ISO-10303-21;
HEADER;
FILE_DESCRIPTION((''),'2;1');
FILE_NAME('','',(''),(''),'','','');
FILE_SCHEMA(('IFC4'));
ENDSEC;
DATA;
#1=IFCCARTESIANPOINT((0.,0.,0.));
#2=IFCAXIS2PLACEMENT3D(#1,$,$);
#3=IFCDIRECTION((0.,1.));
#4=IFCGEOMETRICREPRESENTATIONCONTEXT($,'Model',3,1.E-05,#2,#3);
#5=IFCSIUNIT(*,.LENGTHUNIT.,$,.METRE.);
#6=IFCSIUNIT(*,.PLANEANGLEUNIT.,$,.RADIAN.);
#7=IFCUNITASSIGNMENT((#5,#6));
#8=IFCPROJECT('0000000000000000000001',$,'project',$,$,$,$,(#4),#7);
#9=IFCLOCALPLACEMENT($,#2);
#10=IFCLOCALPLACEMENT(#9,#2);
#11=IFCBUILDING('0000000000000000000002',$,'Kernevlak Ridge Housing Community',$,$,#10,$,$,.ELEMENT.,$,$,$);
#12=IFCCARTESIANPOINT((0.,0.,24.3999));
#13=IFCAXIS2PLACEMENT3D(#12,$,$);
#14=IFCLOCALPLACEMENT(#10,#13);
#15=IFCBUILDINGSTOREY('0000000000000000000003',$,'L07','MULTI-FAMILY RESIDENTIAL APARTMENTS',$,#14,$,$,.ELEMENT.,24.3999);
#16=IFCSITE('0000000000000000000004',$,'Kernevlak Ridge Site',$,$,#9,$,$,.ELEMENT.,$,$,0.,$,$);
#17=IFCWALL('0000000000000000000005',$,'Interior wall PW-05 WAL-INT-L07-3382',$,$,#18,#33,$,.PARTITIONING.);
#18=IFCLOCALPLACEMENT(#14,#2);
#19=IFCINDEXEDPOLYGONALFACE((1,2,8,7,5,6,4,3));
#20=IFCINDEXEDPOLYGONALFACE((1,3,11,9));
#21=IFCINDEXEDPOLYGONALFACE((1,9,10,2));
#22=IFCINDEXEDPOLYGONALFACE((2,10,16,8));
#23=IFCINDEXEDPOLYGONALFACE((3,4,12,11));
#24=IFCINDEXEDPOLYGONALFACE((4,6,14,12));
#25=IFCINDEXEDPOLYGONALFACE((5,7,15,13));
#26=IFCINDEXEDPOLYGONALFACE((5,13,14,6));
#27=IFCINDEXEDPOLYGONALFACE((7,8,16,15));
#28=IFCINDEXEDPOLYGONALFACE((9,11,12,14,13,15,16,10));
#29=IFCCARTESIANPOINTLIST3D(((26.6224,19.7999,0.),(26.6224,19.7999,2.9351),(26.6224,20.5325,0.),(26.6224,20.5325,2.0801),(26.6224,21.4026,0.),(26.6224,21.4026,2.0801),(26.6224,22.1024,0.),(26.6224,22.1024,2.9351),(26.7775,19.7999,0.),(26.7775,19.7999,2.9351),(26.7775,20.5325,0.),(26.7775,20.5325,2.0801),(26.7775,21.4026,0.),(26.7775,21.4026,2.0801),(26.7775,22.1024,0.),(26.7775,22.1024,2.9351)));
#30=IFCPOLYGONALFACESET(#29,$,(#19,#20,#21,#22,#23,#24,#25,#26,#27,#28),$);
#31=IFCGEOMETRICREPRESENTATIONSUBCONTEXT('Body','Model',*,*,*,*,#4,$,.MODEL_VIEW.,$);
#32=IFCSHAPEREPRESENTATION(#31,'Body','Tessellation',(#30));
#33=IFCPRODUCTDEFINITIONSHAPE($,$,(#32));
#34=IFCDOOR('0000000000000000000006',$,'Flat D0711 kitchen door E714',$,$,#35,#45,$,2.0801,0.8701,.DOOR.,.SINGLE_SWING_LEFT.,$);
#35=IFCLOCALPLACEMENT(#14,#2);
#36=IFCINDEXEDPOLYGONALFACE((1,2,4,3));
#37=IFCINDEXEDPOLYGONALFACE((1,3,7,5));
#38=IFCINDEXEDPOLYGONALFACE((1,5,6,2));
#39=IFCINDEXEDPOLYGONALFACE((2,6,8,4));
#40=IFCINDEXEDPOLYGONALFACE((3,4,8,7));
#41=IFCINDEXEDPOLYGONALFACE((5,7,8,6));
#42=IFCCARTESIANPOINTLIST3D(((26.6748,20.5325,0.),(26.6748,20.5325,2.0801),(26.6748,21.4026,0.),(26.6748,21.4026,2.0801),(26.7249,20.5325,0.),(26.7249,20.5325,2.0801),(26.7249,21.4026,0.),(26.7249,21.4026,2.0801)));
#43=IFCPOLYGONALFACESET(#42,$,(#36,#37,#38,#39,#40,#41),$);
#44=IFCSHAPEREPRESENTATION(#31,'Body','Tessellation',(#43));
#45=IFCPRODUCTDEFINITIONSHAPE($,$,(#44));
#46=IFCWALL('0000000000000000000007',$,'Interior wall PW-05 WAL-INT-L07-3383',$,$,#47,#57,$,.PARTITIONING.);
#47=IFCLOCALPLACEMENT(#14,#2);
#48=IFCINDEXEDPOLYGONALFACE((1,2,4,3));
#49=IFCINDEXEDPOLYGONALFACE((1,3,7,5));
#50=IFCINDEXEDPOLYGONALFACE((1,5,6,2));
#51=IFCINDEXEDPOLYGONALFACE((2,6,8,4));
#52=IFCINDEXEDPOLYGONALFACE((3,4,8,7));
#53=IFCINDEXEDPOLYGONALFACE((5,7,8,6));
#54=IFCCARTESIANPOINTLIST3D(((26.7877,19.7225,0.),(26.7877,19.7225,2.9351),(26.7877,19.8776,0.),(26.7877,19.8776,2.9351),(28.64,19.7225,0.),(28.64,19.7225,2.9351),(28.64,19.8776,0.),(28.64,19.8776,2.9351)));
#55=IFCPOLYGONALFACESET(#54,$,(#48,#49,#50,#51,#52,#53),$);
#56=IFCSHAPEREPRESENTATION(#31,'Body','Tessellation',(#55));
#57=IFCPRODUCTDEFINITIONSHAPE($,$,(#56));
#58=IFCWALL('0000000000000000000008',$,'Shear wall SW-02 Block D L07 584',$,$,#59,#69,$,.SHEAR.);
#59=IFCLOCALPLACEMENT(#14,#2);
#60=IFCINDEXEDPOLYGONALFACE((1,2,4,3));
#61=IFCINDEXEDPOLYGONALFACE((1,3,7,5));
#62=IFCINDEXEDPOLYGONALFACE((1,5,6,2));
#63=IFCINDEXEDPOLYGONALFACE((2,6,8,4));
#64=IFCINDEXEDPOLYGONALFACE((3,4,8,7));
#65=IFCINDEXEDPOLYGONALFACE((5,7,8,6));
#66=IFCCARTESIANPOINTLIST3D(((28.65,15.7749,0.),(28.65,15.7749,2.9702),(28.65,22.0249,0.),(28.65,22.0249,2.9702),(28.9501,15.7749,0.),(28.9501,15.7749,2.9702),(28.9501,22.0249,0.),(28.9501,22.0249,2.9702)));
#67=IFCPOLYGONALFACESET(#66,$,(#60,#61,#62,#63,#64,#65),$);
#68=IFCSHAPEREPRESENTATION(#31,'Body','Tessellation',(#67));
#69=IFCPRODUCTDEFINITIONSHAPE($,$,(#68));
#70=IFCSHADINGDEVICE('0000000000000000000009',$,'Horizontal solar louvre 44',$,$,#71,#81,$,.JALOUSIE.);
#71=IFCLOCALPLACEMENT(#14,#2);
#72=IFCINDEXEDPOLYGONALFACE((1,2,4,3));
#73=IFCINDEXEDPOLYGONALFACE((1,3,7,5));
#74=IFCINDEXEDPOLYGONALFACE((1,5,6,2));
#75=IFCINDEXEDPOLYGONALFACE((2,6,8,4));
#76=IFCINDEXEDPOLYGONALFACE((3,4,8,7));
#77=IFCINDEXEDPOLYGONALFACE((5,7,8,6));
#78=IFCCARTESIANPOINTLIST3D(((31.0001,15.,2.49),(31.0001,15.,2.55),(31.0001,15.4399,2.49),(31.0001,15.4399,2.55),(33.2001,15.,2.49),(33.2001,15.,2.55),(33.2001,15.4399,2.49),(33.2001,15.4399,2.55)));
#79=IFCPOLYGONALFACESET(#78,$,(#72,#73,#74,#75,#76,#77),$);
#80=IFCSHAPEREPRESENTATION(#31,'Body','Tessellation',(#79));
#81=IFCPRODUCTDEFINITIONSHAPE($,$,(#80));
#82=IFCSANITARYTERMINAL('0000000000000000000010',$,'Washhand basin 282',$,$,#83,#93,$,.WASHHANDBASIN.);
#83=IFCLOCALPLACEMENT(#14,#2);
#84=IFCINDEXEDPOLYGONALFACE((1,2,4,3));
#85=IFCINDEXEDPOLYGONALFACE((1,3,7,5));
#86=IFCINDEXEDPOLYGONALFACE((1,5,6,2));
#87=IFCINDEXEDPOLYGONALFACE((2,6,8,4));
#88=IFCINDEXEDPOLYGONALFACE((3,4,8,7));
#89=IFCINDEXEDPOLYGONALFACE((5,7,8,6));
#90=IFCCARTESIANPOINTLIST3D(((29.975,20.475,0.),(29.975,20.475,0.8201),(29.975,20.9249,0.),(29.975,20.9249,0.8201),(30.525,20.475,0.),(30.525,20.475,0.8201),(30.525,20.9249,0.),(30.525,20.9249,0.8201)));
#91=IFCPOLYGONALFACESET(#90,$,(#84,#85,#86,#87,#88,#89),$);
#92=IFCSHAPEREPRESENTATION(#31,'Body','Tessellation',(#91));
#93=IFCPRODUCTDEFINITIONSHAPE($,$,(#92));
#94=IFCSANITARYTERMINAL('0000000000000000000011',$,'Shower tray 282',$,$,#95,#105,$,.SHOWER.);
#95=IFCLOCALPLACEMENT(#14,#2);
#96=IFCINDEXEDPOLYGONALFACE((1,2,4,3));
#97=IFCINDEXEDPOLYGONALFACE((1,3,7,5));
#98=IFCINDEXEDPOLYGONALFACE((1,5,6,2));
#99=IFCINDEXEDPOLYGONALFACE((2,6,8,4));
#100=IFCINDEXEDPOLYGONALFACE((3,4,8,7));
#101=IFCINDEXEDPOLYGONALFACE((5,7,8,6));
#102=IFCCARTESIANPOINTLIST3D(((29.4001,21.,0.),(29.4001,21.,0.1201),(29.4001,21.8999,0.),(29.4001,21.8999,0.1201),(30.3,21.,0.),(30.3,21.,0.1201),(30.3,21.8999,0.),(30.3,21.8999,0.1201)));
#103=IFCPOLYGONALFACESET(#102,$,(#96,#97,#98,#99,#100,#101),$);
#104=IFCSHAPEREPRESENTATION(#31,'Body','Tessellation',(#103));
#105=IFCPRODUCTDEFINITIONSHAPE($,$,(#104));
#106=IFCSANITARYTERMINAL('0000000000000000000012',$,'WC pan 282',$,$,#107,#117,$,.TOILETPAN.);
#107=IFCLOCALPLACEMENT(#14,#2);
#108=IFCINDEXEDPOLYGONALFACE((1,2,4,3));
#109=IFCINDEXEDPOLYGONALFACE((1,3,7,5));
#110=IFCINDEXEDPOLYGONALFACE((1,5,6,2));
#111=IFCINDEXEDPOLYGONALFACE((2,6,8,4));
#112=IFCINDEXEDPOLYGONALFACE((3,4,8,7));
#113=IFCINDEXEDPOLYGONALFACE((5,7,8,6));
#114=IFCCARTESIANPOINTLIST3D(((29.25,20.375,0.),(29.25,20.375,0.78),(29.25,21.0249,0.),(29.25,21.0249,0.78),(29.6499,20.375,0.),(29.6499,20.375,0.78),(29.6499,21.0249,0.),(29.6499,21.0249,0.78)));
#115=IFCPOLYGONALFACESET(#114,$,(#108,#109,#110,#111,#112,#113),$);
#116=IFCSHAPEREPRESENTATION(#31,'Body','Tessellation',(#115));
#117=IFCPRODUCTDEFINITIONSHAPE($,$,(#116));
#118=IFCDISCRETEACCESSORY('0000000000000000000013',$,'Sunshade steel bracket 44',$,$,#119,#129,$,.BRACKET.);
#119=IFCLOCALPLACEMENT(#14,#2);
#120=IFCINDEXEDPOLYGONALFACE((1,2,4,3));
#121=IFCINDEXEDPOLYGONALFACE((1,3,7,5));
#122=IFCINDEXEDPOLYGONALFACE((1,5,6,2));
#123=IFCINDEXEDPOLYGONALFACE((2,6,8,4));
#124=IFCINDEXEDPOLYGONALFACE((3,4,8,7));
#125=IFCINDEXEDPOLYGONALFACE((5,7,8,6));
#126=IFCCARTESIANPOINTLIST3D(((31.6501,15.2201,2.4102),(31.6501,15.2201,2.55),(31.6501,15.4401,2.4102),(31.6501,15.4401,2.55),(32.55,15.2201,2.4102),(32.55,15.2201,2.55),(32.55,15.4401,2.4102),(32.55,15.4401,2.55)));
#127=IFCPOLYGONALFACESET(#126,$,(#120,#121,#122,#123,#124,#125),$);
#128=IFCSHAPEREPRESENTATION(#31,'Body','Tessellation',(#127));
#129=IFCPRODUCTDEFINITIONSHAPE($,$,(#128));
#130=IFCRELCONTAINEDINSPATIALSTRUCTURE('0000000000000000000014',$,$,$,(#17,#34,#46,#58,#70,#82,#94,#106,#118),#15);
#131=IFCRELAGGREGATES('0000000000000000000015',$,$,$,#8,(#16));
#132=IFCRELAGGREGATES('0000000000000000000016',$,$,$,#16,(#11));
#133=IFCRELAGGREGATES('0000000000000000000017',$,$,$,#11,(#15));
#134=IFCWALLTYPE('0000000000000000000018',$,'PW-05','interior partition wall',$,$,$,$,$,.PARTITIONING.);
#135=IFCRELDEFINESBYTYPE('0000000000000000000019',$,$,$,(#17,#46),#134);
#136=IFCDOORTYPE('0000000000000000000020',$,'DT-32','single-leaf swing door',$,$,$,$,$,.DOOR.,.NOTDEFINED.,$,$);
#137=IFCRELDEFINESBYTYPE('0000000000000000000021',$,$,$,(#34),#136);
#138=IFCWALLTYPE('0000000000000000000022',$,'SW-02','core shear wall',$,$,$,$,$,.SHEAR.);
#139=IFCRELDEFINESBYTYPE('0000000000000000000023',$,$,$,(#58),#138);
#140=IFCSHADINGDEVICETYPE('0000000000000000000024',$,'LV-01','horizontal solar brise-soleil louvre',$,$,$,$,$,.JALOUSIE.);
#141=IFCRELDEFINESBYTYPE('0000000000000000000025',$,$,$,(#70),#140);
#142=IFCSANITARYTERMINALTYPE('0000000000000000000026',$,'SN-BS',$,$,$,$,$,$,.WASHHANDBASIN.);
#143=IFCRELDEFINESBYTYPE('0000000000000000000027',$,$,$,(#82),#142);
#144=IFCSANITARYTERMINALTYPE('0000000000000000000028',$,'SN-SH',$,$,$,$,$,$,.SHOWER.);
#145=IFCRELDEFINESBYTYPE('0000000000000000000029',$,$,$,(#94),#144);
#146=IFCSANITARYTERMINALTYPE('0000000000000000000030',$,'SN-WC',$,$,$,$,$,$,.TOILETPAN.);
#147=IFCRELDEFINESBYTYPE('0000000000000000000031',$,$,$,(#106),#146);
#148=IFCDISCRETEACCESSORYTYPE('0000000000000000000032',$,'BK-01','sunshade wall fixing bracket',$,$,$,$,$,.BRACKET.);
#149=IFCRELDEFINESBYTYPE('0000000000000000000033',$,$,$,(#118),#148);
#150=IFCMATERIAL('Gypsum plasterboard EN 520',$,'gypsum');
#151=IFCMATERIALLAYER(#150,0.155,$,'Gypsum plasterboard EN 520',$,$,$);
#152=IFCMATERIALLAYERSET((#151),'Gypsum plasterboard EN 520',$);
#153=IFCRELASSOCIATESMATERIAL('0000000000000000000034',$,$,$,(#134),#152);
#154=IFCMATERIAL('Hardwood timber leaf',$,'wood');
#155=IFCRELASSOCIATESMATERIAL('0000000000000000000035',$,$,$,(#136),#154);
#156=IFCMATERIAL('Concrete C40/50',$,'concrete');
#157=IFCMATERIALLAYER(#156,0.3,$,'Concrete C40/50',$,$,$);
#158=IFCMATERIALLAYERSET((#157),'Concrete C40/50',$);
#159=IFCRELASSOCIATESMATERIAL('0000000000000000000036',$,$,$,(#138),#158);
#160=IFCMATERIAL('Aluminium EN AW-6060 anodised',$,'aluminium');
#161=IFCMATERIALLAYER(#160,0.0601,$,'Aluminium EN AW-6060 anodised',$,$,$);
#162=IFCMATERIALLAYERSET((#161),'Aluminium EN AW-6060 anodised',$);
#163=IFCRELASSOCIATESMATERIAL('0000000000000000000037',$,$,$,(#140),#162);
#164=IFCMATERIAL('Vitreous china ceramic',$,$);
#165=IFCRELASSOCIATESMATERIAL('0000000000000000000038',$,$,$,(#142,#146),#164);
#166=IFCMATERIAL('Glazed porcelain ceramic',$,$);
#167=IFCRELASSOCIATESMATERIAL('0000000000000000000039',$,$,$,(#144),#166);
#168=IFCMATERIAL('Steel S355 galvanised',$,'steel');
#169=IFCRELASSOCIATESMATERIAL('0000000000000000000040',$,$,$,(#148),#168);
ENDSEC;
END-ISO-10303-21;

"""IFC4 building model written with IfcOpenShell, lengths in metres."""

from ifc_helpers import new_model, si_unit, direction, frame, frame_2d, origin, origin_2d, place, context, subcontext, project, spatial, rectangle, extrude, material, layer, layer_set, type_object, element, fill, save


model = new_model("IFC4")

# Units and contexts
model_context = context("Model", 3, precision=1e-05, world=origin(), true_north=direction((0.0, 1.0)))
body_context = subcontext(model_context, "Body", "Model", "MODEL_VIEW")
ifc_project = project(units=[si_unit("LENGTHUNIT", "METRE"), si_unit("PLANEANGLEUNIT", "RADIAN")], contexts=[model_context])

# Site, building, storey
site_placement = place(None, origin())
site = spatial("IfcSite", under=ifc_project, at=site_placement, Name="Kernevlak Ridge Site", CompositionType="ELEMENT", RefElevation=0.0)
building_placement = place(site_placement, origin())
building = spatial("IfcBuilding", under=site, at=building_placement, Name="Kernevlak Ridge Housing Community", CompositionType="ELEMENT")
storey_placement = place(building_placement, frame((0.0, 0.0, 24.3999)))
storey = spatial("IfcBuildingStorey", under=building, at=storey_placement, Name="L07", Description="MULTI-FAMILY RESIDENTIAL APARTMENTS", CompositionType="ELEMENT", Elevation=24.3999)

# Shared definitions
ifc_material_1 = material(Name="Gypsum plasterboard EN 520", Category="gypsum")

# Wall, opening, door
ifc_layer_1 = layer(ifc_material_1, 0.155, Name="Gypsum plasterboard EN 520")
ifc_layer_set_1 = layer_set([ifc_layer_1], Name="Gypsum plasterboard EN 520")
wall_type_1 = type_object("IfcWallType", Name="PW-05", Description="interior partition wall", PredefinedType="PARTITIONING", material=ifc_layer_set_1)
wall_1_placement = place(storey_placement, frame((26.7, 22.1025, 0.0), z_axis=(0.0, 0.0, 1.0), x_axis=(0.0, -1.0, 0.0)))
wall_1 = element("IfcWall", 1, at=wall_1_placement, inside=storey, type_object=wall_type_1, Name="Interior wall PW-05 WAL-INT-L07-3382", PredefinedType="PARTITIONING", context=body_context, shape_type="SweptSolid", body=[
    extrude(rectangle(XDim=2.3025, YDim=0.155, at=frame_2d((1.1514, 0.0))), origin(), (0.0, 0.0, 1.0), 2.9351),
])
opening_1_placement = place(wall_1_placement, frame((0.7, 0.0, 0.0)))
opening_1 = element("IfcOpeningElement", 2, at=opening_1_placement, cuts=wall_1, PredefinedType="OPENING", context=body_context, shape_type="SweptSolid", body=[
    extrude(rectangle(XDim=0.8701, YDim=2.0801, at=frame_2d((0.4351, 1.04))), frame((0.0, 0.0874, 0.0), z_axis=(0.0, -1.0, 0.0), x_axis=(1.0, 0.0, 0.0)), (0.0, 0.0, 1.0), 0.175),
])
ifc_material_2 = material(Name="Hardwood timber leaf", Category="wood")
door_type_1 = type_object("IfcDoorType", Name="DT-32", Description="single-leaf swing door", OperationType="NOTDEFINED", PredefinedType="DOOR", material=ifc_material_2)
door_1_placement = place(opening_1_placement, origin())
door_1 = element("IfcDoor", 3, at=door_1_placement, inside=storey, type_object=door_type_1, Name="Flat D0711 kitchen door E714", OperationType="SINGLE_SWING_LEFT", OverallHeight=2.0801, OverallWidth=0.8701, PredefinedType="DOOR", context=body_context, shape_type="SweptSolid", body=[
    extrude(rectangle(XDim=0.8701, YDim=2.0801, at=frame_2d((0.4351, 1.04))), frame((0.0, 0.0249, 0.0), z_axis=(0.0, -1.0, 0.0), x_axis=(1.0, 0.0, 0.0)), (0.0, 0.0, 1.0), 0.05),
])
fill(opening_1, door_1)

# Walls
wall_2_placement = place(storey_placement, frame((26.7876, 19.8, 0.0), z_axis=(0.0, 0.0, 1.0), x_axis=(1.0, 0.0, 0.0)))
element("IfcWall", 4, at=wall_2_placement, inside=storey, type_object=wall_type_1, Name="Interior wall PW-05 WAL-INT-L07-3383", PredefinedType="PARTITIONING", context=body_context, shape_type="SweptSolid", body=[
    extrude(rectangle(XDim=1.8523, YDim=0.155, at=frame_2d((0.9263, 0.0))), origin(), (0.0, 0.0, 1.0), 2.9351),
])
ifc_material_3 = material(Name="Concrete C40/50", Category="concrete")
ifc_layer_2 = layer(ifc_material_3, 0.3, Name="Concrete C40/50")
ifc_layer_set_2 = layer_set([ifc_layer_2], Name="Concrete C40/50")
wall_type_2 = type_object("IfcWallType", Name="SW-02", Description="core shear wall", PredefinedType="SHEAR", material=ifc_layer_set_2)
wall_3_placement = place(storey_placement, frame((28.8, 15.7749, 0.0), z_axis=(0.0, 0.0, 1.0), x_axis=(0.0, 1.0, 0.0)))
element("IfcWall", 5, at=wall_3_placement, inside=storey, type_object=wall_type_2, Name="Shear wall SW-02 Block D L07 584", PredefinedType="SHEAR", context=body_context, shape_type="SweptSolid", body=[
    extrude(rectangle(XDim=6.25, YDim=0.3, at=frame_2d((3.125, 0.0))), origin(), (0.0, 0.0, 1.0), 2.9702),
])

# Shading device
ifc_material_4 = material(Name="Aluminium EN AW-6060 anodised", Category="aluminium")
ifc_layer_3 = layer(ifc_material_4, 0.0601, Name="Aluminium EN AW-6060 anodised")
ifc_layer_set_3 = layer_set([ifc_layer_3], Name="Aluminium EN AW-6060 anodised")
shading_device_type = type_object("IfcShadingDeviceType", Name="LV-01", Description="horizontal solar brise-soleil louvre", PredefinedType="JALOUSIE", material=ifc_layer_set_3)
shading_device_placement = place(storey_placement, frame((32.1001, 15.22, 2.49), z_axis=(0.0, 0.0, 1.0), x_axis=(1.0, 0.0, 0.0)))
element("IfcShadingDevice", 6, at=shading_device_placement, inside=storey, type_object=shading_device_type, Name="Horizontal solar louvre 44", PredefinedType="JALOUSIE", context=body_context, shape_type="SweptSolid", body=[
    extrude(rectangle(XDim=2.2, YDim=0.4399, at=origin_2d()), origin(), (0.0, 0.0, 1.0), 0.0601),
])

# Sanitary terminals
ifc_material_5 = material(Name="Vitreous china ceramic")
sanitary_terminal_type_1 = type_object("IfcSanitaryTerminalType", Name="SN-BS", PredefinedType="WASHHANDBASIN", material=ifc_material_5)
sanitary_terminal_1_placement = place(storey_placement, frame((30.25, 20.7, 0.0), z_axis=(0.0, 0.0, 1.0), x_axis=(1.0, 0.0, 0.0)))
element("IfcSanitaryTerminal", 7, at=sanitary_terminal_1_placement, inside=storey, type_object=sanitary_terminal_type_1, Name="Washhand basin 282", PredefinedType="WASHHANDBASIN", context=body_context, shape_type="SweptSolid", body=[
    extrude(rectangle(XDim=0.55, YDim=0.45, at=origin_2d()), origin(), (0.0, 0.0, 1.0), 0.8201),
])
ifc_material_6 = material(Name="Glazed porcelain ceramic")
sanitary_terminal_type_2 = type_object("IfcSanitaryTerminalType", Name="SN-SH", PredefinedType="SHOWER", material=ifc_material_6)
sanitary_terminal_2_placement = place(storey_placement, frame((29.8501, 21.45, 0.0), z_axis=(0.0, 0.0, 1.0), x_axis=(1.0, 0.0, 0.0)))
element("IfcSanitaryTerminal", 8, at=sanitary_terminal_2_placement, inside=storey, type_object=sanitary_terminal_type_2, Name="Shower tray 282", PredefinedType="SHOWER", context=body_context, shape_type="SweptSolid", body=[
    extrude(rectangle(XDim=0.8999, YDim=0.8999, at=origin_2d()), origin(), (0.0, 0.0, 1.0), 0.1201),
])
sanitary_terminal_type_3 = type_object("IfcSanitaryTerminalType", Name="SN-WC", PredefinedType="TOILETPAN", material=ifc_material_5)
sanitary_terminal_3_placement = place(storey_placement, frame((29.45, 20.7, 0.0), z_axis=(0.0, 0.0, 1.0), x_axis=(1.0, 0.0, 0.0)))
element("IfcSanitaryTerminal", 9, at=sanitary_terminal_3_placement, inside=storey, type_object=sanitary_terminal_type_3, Name="WC pan 282", PredefinedType="TOILETPAN", context=body_context, shape_type="SweptSolid", body=[
    extrude(rectangle(XDim=0.3999, YDim=0.6499, at=origin_2d()), origin(), (0.0, 0.0, 1.0), 0.78),
])

# Discrete accessory
ifc_material_7 = material(Name="Steel S355 galvanised", Category="steel")
discrete_accessory_type = type_object("IfcDiscreteAccessoryType", Name="BK-01", Description="sunshade wall fixing bracket", PredefinedType="BRACKET", material=ifc_material_7)
discrete_accessory_placement = place(storey_placement, frame((32.1001, 15.3301, 2.4102), z_axis=(0.0, 0.0, 1.0), x_axis=(1.0, 0.0, 0.0)))
element("IfcDiscreteAccessory", 10, at=discrete_accessory_placement, inside=storey, type_object=discrete_accessory_type, Name="Sunshade steel bracket 44", PredefinedType="BRACKET", context=body_context, shape_type="SweptSolid", body=[
    extrude(rectangle(XDim=0.8999, YDim=0.22, at=origin_2d()), origin(), (0.0, 0.0, 1.0), 0.1399),
])

save(model, "model.ifc")
